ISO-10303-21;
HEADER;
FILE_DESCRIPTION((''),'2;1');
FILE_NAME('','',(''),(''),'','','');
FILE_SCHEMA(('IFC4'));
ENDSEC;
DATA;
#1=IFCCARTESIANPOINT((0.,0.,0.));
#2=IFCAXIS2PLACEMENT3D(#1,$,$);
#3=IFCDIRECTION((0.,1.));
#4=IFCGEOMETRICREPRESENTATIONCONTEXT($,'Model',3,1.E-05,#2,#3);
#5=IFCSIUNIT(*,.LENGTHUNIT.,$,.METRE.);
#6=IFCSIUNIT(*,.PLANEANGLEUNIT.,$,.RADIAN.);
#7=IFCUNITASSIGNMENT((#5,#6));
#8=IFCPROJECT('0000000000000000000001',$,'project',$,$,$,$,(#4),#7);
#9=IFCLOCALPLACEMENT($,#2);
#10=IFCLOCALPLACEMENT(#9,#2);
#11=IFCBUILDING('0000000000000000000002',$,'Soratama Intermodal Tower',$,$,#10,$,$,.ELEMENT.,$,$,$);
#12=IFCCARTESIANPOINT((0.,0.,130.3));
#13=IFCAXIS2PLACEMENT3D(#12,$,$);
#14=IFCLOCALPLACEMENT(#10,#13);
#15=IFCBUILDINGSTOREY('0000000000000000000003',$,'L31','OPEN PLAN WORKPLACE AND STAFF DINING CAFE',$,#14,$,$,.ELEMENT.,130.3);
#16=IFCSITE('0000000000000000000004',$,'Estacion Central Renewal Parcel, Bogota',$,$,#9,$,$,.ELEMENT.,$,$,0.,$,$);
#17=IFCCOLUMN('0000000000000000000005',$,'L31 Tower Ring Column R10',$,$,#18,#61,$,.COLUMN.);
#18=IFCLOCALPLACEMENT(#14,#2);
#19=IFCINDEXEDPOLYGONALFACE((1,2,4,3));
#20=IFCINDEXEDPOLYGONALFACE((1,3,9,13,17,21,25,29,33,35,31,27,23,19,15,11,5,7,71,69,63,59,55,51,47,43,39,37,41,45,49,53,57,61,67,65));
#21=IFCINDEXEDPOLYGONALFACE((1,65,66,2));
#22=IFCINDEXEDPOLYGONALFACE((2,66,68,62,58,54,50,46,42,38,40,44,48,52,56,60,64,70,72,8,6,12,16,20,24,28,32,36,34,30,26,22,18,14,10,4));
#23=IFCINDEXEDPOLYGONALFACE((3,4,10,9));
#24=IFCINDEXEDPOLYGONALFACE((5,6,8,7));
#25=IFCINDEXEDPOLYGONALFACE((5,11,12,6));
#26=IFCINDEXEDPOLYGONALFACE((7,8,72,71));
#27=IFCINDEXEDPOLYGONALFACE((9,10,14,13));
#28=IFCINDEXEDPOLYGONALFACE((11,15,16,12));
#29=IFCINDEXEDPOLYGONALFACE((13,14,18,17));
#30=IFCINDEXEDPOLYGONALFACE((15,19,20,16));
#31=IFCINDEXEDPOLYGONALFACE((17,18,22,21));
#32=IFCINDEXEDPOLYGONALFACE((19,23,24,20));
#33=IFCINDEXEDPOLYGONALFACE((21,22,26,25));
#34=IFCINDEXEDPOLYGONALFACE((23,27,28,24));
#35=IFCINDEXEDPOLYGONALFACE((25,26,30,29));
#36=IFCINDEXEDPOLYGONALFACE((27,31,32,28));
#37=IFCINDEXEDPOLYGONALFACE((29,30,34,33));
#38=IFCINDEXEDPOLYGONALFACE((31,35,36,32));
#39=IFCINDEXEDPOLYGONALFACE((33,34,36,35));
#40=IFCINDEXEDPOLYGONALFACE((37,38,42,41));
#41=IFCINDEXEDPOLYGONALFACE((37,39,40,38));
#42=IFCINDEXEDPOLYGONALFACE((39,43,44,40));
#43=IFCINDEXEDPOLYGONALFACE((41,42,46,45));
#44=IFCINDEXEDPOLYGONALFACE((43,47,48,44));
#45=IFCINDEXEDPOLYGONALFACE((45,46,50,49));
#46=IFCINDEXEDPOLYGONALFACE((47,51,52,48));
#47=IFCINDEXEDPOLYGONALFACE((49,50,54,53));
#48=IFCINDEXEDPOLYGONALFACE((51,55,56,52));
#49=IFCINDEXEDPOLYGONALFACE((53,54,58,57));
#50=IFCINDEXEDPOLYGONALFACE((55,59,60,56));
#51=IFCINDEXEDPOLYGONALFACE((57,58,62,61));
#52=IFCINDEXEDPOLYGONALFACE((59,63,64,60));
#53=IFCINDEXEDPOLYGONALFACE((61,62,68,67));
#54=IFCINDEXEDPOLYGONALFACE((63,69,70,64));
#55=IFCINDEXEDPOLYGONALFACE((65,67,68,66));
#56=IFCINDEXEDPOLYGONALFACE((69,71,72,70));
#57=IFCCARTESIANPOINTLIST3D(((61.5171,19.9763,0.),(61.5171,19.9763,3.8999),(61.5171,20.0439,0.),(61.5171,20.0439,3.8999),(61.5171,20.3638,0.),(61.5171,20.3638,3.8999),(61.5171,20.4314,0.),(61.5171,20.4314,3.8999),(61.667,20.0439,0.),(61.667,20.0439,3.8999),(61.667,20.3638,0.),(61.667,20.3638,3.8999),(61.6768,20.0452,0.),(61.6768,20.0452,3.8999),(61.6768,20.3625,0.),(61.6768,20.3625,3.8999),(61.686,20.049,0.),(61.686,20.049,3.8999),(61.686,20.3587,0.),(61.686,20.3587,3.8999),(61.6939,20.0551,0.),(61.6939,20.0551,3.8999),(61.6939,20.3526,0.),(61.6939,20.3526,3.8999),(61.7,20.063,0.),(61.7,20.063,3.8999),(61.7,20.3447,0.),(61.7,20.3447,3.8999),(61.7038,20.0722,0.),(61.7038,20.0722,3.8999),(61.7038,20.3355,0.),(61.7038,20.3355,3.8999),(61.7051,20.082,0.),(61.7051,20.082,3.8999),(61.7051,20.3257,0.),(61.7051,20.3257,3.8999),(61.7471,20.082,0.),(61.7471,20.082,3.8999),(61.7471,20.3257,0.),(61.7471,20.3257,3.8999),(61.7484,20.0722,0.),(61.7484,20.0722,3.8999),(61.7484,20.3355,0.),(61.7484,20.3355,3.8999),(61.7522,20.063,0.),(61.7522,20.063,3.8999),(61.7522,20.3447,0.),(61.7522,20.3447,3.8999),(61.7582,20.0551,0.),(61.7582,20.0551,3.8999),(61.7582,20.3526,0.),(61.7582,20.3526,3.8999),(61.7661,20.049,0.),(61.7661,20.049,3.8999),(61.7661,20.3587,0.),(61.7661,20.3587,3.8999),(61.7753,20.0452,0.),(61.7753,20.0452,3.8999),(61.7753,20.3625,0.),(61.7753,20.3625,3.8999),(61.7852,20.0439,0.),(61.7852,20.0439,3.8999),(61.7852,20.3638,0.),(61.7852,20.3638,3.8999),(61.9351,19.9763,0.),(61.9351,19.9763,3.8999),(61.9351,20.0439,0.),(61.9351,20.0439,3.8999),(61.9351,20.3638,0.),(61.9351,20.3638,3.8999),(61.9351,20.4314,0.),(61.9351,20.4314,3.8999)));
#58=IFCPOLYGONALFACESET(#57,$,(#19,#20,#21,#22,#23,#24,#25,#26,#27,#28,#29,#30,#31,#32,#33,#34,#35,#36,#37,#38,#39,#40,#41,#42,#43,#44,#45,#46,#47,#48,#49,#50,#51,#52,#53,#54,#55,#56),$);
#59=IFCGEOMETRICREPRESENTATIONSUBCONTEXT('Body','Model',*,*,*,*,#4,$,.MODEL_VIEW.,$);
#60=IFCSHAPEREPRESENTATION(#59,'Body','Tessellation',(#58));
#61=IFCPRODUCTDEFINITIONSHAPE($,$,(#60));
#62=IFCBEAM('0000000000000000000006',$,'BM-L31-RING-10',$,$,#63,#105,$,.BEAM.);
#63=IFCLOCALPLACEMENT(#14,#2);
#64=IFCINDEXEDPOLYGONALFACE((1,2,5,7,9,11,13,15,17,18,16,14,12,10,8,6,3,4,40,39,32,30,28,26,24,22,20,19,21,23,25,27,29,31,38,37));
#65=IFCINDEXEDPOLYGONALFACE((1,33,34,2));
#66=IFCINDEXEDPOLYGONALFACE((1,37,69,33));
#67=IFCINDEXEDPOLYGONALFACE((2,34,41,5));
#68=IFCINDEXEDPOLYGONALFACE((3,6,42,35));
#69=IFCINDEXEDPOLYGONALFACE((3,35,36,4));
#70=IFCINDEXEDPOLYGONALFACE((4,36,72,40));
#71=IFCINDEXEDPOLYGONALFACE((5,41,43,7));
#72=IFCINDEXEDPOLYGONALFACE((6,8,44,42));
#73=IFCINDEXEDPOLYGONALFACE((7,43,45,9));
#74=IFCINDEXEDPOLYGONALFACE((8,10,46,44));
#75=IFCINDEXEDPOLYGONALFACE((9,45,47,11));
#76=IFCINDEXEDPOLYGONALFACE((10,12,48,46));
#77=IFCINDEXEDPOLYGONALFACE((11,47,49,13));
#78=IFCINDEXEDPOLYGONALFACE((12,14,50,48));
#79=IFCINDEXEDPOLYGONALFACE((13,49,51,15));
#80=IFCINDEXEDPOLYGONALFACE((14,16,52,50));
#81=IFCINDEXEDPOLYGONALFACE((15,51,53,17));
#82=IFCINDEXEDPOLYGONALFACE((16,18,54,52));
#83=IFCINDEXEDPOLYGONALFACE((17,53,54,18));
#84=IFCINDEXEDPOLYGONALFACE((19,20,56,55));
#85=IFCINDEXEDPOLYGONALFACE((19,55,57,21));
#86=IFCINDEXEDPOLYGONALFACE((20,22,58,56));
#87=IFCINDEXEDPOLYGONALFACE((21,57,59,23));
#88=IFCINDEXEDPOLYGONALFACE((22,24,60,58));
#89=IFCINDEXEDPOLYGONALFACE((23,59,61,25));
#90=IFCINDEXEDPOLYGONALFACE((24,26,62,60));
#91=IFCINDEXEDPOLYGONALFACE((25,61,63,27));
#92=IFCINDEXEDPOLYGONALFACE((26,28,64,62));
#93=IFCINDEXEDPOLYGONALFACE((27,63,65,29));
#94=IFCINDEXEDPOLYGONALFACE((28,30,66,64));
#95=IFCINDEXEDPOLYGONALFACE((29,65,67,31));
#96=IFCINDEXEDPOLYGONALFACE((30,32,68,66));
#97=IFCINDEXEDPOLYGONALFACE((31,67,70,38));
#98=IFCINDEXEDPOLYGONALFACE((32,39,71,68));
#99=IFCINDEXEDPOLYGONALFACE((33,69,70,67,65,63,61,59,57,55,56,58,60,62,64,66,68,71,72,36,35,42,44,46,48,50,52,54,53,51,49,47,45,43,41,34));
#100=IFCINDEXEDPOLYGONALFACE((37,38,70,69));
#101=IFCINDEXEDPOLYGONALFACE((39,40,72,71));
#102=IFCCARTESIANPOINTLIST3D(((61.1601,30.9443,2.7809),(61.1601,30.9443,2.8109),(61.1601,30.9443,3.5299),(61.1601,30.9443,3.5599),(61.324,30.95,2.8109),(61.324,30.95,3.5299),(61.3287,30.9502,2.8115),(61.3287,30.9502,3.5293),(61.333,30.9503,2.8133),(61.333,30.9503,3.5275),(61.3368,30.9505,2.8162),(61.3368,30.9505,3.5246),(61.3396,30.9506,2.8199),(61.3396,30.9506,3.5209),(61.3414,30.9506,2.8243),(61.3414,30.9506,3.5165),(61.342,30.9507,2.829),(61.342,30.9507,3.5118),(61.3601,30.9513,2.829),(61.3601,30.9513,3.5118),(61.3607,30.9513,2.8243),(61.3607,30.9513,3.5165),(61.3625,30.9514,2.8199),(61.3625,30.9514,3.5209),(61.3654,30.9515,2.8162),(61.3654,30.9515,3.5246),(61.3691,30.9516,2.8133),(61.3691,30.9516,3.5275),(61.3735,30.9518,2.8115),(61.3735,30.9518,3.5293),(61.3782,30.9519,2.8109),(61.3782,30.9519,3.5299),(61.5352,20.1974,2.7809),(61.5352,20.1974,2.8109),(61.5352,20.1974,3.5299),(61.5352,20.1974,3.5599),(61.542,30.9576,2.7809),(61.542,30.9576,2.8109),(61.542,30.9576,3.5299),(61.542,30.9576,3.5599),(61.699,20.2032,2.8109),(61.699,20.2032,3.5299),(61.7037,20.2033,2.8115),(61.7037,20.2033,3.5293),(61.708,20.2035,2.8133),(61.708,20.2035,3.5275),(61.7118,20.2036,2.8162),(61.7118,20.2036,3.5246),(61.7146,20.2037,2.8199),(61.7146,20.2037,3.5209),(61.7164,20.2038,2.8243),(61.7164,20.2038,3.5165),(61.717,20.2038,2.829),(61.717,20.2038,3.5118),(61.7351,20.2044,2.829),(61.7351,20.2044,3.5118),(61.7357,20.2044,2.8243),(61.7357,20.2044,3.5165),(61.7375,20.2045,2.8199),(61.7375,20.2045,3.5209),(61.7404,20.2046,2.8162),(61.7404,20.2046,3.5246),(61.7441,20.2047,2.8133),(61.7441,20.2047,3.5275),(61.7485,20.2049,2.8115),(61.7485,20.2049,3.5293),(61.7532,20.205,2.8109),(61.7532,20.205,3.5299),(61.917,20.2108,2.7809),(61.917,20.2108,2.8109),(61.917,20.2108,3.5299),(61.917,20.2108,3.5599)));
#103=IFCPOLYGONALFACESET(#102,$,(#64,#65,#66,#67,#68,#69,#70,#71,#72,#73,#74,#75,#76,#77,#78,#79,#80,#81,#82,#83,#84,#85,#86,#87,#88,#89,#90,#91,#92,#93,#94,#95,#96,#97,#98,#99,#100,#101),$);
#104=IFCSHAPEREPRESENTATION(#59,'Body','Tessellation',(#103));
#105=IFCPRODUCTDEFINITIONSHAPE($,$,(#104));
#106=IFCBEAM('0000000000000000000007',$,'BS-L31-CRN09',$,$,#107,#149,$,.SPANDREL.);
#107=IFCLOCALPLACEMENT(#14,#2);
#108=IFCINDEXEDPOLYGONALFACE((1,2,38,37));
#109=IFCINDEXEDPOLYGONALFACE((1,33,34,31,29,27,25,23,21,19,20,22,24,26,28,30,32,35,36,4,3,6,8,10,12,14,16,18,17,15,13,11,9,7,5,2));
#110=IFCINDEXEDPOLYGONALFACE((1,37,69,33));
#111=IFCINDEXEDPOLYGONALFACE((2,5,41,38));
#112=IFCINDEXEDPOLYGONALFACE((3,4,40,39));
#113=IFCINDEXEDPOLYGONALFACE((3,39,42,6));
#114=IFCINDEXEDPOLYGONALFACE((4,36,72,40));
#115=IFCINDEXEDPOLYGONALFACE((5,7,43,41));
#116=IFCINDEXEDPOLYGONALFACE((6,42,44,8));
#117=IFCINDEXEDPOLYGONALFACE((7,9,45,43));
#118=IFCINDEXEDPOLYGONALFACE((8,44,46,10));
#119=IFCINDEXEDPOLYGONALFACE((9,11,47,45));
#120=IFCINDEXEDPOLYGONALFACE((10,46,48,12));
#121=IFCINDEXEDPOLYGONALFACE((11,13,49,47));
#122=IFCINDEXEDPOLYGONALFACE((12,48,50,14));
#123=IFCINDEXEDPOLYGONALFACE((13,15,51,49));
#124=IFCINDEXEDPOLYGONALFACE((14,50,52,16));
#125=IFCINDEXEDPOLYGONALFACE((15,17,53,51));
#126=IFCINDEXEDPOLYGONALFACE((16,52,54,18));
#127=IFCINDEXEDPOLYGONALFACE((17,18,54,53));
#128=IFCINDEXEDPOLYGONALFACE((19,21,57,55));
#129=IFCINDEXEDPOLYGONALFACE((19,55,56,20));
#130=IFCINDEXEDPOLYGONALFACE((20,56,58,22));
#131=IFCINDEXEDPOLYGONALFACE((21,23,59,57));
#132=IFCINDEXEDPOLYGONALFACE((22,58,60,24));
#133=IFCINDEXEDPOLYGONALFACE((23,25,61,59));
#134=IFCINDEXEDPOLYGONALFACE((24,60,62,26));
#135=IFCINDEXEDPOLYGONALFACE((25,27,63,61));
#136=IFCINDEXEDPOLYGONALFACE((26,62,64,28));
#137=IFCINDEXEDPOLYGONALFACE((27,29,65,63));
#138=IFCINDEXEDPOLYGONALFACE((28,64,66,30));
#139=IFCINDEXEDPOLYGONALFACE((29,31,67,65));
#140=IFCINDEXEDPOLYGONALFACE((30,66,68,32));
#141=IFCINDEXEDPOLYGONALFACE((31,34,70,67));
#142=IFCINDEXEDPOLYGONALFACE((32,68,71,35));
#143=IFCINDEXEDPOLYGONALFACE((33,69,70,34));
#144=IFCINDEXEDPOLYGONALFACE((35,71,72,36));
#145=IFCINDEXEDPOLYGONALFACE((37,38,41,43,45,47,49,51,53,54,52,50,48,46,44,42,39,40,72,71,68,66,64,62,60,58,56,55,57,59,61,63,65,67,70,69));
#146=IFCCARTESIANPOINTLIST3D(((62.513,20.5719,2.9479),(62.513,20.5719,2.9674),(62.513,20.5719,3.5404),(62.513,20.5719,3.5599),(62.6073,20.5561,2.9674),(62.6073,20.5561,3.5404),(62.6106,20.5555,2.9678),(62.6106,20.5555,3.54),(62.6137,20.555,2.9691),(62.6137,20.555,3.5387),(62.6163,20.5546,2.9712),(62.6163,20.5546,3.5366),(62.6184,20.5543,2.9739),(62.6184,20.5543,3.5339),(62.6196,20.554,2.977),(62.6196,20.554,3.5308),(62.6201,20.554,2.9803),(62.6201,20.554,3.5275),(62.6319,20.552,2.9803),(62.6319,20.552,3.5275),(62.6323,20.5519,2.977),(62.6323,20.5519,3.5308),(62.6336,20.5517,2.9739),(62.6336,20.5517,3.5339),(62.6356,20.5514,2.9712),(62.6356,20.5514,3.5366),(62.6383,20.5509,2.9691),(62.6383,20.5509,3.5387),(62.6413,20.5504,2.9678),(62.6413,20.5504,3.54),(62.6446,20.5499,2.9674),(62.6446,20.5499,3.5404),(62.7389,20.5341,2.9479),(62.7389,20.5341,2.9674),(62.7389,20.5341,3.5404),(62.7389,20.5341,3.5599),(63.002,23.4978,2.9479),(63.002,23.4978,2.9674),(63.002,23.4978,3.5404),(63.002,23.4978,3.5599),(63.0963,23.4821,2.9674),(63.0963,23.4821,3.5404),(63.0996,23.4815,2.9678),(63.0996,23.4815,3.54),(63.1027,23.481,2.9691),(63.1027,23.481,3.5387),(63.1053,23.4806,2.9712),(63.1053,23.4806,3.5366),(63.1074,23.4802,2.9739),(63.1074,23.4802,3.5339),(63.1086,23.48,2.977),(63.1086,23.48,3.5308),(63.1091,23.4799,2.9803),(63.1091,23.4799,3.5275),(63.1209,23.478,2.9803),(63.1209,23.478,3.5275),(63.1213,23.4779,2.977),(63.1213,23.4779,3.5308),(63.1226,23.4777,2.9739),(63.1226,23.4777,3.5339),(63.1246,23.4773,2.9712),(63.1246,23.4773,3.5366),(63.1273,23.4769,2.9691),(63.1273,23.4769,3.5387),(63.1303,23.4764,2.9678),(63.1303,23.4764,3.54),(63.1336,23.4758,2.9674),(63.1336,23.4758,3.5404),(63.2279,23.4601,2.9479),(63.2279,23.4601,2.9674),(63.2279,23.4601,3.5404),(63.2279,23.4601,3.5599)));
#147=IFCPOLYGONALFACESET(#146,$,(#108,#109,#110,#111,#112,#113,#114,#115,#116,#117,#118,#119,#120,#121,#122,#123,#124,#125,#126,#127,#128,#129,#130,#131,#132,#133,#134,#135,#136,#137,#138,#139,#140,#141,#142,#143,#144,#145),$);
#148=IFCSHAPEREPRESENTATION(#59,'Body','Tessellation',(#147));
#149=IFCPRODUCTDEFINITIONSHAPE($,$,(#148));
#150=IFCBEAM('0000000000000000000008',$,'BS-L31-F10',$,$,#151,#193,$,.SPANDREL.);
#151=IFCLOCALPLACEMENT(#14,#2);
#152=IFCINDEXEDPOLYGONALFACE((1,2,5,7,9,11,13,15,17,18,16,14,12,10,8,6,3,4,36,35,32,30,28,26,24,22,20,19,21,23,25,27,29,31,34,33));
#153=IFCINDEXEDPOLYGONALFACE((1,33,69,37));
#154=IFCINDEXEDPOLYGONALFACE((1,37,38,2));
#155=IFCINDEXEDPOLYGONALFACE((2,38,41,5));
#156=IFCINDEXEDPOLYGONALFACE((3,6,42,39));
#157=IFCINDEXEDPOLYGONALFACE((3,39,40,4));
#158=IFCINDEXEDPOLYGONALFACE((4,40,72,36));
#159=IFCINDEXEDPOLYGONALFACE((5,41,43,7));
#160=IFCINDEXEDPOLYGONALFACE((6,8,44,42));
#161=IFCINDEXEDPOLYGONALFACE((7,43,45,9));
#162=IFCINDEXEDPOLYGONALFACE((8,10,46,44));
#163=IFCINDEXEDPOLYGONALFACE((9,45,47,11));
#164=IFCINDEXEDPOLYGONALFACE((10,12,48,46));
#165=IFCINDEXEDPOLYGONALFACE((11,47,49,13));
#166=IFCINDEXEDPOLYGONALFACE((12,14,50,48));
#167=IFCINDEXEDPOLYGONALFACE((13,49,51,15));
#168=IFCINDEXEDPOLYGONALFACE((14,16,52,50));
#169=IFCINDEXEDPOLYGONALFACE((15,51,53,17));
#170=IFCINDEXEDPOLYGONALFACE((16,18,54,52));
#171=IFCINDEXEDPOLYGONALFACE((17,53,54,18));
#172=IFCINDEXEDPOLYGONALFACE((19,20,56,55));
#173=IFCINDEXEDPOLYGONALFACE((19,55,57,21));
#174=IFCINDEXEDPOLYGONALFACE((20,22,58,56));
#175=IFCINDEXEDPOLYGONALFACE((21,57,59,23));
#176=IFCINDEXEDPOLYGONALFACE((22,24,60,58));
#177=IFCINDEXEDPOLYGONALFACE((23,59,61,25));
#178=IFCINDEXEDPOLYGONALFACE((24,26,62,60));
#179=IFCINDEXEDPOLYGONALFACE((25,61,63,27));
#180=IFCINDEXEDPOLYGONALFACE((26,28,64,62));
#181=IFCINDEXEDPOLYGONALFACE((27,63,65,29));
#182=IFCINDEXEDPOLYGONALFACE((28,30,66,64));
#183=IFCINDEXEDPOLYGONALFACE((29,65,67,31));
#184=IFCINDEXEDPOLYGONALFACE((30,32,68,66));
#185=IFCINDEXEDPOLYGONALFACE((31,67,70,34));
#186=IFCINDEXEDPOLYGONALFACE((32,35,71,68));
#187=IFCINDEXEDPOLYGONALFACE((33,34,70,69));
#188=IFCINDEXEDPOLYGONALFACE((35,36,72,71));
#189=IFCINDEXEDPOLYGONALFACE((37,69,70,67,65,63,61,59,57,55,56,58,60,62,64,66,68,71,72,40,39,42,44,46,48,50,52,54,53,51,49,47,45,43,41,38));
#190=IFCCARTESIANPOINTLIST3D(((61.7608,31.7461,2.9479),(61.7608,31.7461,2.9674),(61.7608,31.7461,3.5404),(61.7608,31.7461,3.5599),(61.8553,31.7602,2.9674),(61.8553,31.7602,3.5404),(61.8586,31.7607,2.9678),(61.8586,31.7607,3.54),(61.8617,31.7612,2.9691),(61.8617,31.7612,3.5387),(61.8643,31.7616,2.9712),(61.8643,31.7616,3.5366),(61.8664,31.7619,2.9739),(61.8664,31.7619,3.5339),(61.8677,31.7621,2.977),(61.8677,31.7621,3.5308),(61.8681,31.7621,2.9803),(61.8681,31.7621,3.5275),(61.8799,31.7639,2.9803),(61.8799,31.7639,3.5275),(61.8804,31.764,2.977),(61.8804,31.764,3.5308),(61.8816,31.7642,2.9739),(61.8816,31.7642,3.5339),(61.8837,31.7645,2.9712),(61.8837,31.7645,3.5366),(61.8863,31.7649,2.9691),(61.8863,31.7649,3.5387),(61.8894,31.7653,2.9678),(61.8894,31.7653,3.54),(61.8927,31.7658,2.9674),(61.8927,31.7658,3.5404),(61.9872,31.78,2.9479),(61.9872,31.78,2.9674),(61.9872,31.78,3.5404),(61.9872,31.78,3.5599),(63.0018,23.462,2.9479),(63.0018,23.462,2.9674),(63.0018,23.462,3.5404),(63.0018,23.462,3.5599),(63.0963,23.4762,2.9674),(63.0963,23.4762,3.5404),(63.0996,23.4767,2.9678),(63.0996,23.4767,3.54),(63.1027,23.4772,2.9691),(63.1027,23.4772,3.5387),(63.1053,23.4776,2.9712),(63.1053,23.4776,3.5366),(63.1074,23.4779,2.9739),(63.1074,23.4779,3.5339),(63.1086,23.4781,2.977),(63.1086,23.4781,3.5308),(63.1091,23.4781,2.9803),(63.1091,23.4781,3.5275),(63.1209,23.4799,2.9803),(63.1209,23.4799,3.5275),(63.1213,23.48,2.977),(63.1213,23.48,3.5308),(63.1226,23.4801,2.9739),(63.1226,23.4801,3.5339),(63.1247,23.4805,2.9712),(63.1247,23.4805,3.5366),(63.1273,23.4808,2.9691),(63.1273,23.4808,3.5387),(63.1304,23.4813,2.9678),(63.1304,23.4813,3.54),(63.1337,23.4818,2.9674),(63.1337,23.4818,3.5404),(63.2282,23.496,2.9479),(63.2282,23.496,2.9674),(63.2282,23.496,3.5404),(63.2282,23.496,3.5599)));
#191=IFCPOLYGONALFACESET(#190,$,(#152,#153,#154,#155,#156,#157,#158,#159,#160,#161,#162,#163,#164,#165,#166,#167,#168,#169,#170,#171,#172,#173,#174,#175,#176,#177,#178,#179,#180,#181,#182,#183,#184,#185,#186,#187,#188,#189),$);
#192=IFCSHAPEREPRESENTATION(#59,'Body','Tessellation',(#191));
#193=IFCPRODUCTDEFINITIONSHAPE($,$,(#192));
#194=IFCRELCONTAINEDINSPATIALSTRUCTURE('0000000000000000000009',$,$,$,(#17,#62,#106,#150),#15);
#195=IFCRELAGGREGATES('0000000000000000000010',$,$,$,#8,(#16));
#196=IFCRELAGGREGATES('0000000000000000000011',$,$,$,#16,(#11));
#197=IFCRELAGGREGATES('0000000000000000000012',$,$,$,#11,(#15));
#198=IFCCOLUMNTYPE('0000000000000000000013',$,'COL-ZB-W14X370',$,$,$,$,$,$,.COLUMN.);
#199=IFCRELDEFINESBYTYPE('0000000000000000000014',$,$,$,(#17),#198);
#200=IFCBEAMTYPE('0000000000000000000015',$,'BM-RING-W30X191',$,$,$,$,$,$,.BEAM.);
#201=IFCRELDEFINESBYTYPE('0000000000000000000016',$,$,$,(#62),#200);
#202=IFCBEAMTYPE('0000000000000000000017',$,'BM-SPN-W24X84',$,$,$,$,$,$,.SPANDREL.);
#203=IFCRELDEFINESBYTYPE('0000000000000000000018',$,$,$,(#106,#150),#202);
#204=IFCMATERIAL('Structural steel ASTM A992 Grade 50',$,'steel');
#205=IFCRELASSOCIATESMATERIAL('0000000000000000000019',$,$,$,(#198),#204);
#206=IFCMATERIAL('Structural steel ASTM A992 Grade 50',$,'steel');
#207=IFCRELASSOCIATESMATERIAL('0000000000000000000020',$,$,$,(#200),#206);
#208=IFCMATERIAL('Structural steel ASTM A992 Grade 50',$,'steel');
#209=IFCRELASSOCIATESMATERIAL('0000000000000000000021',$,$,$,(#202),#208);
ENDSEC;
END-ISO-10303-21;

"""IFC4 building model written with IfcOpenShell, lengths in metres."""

from ifc_helpers import new_model, si_unit, direction, frame, origin, origin_2d, place, context, subcontext, project, spatial, i_section, extrude, material, material_profile, profile_set, type_object, element, save


model = new_model("IFC4")

# Units and contexts
model_context = context("Model", 3, precision=1e-05, world=origin(), true_north=direction((0.0, 1.0)))
body_context = subcontext(model_context, "Body", "Model", "MODEL_VIEW")
ifc_project = project(units=[si_unit("LENGTHUNIT", "METRE"), si_unit("PLANEANGLEUNIT", "RADIAN")], contexts=[model_context])

# Site, building, storey
site_placement = place(None, origin())
site = spatial("IfcSite", under=ifc_project, at=site_placement, Name="Estacion Central Renewal Parcel, Bogota", CompositionType="ELEMENT", RefElevation=0.0)
building_placement = place(site_placement, origin())
building = spatial("IfcBuilding", under=site, at=building_placement, Name="Soratama Intermodal Tower", CompositionType="ELEMENT")
storey_placement = place(building_placement, frame((0.0, 0.0, 130.3)))
storey = spatial("IfcBuildingStorey", under=building, at=storey_placement, Name="L31", Description="OPEN PLAN WORKPLACE AND STAFF DINING CAFE", CompositionType="ELEMENT", Elevation=130.3)

# Column
ifc_material_1 = material(Name="Structural steel ASTM A992 Grade 50", Category="steel")
ifc_material_profile_1 = material_profile(ifc_material_1, i_section(OverallWidth=0.418, OverallDepth=0.4551, WebThickness=0.042, FlangeThickness=0.0676, FilletRadius=0.0381, at=origin_2d()), Name="W14X370")
ifc_profile_set_1 = profile_set([ifc_material_profile_1], Name="Structural steel ASTM A992 Grade 50")
column_type = type_object("IfcColumnType", Name="COL-ZB-W14X370", PredefinedType="COLUMN", material=ifc_profile_set_1)
column_placement = place(storey_placement, frame((61.7261, 20.2039, 0.0), z_axis=(0.0, 0.0, 1.0), x_axis=(1.0, 0.0, 0.0)))
element("IfcColumn", 1, at=column_placement, inside=storey, type_object=column_type, Name="L31 Tower Ring Column R10", PredefinedType="COLUMN", context=body_context, shape_type="SweptSolid", body=[
    extrude(i_section(OverallWidth=0.418, OverallDepth=0.4551, WebThickness=0.042, FlangeThickness=0.0676, FilletRadius=0.0381, at=origin_2d()), origin(), (0.0, 0.0, 1.0), 3.8999),
])

# Beams
ifc_material_2 = material(Name="Structural steel ASTM A992 Grade 50", Category="steel")
ifc_material_profile_2 = material_profile(ifc_material_2, i_section(OverallWidth=0.3821, OverallDepth=0.7791, WebThickness=0.0181, FlangeThickness=0.03, FilletRadius=0.0181, at=origin_2d()), Name="W30X191")
ifc_profile_set_2 = profile_set([ifc_material_profile_2], Name="Structural steel ASTM A992 Grade 50")
beam_type_1 = type_object("IfcBeamType", Name="BM-RING-W30X191", PredefinedType="BEAM", material=ifc_profile_set_2)
beam_1_placement = place(storey_placement, frame((61.7261, 20.2041, 3.1704), z_axis=(-0.034873, 0.999392, 0.0), x_axis=(-0.999392, -0.034873, 0.0)))
element("IfcBeam", 2, at=beam_1_placement, inside=storey, type_object=beam_type_1, Name="BM-L31-RING-10", PredefinedType="BEAM", context=body_context, shape_type="SweptSolid", body=[
    extrude(i_section(OverallWidth=0.3821, OverallDepth=0.7791, WebThickness=0.0181, FlangeThickness=0.03, FilletRadius=0.0181, at=origin_2d()), origin(), (0.0, 0.0, 1.0), 10.7534),
])
ifc_material_3 = material(Name="Structural steel ASTM A992 Grade 50", Category="steel")
ifc_material_profile_3 = material_profile(ifc_material_3, i_section(OverallWidth=0.229, OverallDepth=0.6121, WebThickness=0.012, FlangeThickness=0.0195, FilletRadius=0.0129, at=origin_2d()), Name="W24X84")
ifc_profile_set_3 = profile_set([ifc_material_profile_3], Name="Structural steel ASTM A992 Grade 50")
beam_type_2 = type_object("IfcBeamType", Name="BM-SPN-W24X84", PredefinedType="SPANDREL", material=ifc_profile_set_3)
beam_2_placement = place(storey_placement, frame((62.626, 20.553, 3.2539), z_axis=(0.164839, 0.98632, 0.0), x_axis=(-0.98632, 0.164839, 0.0)))
element("IfcBeam", 3, at=beam_2_placement, inside=storey, type_object=beam_type_2, Name="BS-L31-CRN09", PredefinedType="SPANDREL", context=body_context, shape_type="SweptSolid", body=[
    extrude(i_section(OverallWidth=0.229, OverallDepth=0.6121, WebThickness=0.012, FlangeThickness=0.0195, FilletRadius=0.0129, at=origin_2d()), origin(), (0.0, 0.0, 1.0), 2.9666),
])
beam_3_placement = place(storey_placement, frame((63.115, 23.479, 3.2539), z_axis=(-0.148151, 0.988965, 0.0), x_axis=(-0.988965, -0.148151, 0.0)))
element("IfcBeam", 4, at=beam_3_placement, inside=storey, type_object=beam_type_2, Name="BS-L31-F10", PredefinedType="SPANDREL", context=body_context, shape_type="SweptSolid", body=[
    extrude(i_section(OverallWidth=0.229, OverallDepth=0.6121, WebThickness=0.012, FlangeThickness=0.0195, FilletRadius=0.0129, at=origin_2d()), origin(), (0.0, 0.0, 1.0), 8.3765),
])

save(model, "model.ifc")
